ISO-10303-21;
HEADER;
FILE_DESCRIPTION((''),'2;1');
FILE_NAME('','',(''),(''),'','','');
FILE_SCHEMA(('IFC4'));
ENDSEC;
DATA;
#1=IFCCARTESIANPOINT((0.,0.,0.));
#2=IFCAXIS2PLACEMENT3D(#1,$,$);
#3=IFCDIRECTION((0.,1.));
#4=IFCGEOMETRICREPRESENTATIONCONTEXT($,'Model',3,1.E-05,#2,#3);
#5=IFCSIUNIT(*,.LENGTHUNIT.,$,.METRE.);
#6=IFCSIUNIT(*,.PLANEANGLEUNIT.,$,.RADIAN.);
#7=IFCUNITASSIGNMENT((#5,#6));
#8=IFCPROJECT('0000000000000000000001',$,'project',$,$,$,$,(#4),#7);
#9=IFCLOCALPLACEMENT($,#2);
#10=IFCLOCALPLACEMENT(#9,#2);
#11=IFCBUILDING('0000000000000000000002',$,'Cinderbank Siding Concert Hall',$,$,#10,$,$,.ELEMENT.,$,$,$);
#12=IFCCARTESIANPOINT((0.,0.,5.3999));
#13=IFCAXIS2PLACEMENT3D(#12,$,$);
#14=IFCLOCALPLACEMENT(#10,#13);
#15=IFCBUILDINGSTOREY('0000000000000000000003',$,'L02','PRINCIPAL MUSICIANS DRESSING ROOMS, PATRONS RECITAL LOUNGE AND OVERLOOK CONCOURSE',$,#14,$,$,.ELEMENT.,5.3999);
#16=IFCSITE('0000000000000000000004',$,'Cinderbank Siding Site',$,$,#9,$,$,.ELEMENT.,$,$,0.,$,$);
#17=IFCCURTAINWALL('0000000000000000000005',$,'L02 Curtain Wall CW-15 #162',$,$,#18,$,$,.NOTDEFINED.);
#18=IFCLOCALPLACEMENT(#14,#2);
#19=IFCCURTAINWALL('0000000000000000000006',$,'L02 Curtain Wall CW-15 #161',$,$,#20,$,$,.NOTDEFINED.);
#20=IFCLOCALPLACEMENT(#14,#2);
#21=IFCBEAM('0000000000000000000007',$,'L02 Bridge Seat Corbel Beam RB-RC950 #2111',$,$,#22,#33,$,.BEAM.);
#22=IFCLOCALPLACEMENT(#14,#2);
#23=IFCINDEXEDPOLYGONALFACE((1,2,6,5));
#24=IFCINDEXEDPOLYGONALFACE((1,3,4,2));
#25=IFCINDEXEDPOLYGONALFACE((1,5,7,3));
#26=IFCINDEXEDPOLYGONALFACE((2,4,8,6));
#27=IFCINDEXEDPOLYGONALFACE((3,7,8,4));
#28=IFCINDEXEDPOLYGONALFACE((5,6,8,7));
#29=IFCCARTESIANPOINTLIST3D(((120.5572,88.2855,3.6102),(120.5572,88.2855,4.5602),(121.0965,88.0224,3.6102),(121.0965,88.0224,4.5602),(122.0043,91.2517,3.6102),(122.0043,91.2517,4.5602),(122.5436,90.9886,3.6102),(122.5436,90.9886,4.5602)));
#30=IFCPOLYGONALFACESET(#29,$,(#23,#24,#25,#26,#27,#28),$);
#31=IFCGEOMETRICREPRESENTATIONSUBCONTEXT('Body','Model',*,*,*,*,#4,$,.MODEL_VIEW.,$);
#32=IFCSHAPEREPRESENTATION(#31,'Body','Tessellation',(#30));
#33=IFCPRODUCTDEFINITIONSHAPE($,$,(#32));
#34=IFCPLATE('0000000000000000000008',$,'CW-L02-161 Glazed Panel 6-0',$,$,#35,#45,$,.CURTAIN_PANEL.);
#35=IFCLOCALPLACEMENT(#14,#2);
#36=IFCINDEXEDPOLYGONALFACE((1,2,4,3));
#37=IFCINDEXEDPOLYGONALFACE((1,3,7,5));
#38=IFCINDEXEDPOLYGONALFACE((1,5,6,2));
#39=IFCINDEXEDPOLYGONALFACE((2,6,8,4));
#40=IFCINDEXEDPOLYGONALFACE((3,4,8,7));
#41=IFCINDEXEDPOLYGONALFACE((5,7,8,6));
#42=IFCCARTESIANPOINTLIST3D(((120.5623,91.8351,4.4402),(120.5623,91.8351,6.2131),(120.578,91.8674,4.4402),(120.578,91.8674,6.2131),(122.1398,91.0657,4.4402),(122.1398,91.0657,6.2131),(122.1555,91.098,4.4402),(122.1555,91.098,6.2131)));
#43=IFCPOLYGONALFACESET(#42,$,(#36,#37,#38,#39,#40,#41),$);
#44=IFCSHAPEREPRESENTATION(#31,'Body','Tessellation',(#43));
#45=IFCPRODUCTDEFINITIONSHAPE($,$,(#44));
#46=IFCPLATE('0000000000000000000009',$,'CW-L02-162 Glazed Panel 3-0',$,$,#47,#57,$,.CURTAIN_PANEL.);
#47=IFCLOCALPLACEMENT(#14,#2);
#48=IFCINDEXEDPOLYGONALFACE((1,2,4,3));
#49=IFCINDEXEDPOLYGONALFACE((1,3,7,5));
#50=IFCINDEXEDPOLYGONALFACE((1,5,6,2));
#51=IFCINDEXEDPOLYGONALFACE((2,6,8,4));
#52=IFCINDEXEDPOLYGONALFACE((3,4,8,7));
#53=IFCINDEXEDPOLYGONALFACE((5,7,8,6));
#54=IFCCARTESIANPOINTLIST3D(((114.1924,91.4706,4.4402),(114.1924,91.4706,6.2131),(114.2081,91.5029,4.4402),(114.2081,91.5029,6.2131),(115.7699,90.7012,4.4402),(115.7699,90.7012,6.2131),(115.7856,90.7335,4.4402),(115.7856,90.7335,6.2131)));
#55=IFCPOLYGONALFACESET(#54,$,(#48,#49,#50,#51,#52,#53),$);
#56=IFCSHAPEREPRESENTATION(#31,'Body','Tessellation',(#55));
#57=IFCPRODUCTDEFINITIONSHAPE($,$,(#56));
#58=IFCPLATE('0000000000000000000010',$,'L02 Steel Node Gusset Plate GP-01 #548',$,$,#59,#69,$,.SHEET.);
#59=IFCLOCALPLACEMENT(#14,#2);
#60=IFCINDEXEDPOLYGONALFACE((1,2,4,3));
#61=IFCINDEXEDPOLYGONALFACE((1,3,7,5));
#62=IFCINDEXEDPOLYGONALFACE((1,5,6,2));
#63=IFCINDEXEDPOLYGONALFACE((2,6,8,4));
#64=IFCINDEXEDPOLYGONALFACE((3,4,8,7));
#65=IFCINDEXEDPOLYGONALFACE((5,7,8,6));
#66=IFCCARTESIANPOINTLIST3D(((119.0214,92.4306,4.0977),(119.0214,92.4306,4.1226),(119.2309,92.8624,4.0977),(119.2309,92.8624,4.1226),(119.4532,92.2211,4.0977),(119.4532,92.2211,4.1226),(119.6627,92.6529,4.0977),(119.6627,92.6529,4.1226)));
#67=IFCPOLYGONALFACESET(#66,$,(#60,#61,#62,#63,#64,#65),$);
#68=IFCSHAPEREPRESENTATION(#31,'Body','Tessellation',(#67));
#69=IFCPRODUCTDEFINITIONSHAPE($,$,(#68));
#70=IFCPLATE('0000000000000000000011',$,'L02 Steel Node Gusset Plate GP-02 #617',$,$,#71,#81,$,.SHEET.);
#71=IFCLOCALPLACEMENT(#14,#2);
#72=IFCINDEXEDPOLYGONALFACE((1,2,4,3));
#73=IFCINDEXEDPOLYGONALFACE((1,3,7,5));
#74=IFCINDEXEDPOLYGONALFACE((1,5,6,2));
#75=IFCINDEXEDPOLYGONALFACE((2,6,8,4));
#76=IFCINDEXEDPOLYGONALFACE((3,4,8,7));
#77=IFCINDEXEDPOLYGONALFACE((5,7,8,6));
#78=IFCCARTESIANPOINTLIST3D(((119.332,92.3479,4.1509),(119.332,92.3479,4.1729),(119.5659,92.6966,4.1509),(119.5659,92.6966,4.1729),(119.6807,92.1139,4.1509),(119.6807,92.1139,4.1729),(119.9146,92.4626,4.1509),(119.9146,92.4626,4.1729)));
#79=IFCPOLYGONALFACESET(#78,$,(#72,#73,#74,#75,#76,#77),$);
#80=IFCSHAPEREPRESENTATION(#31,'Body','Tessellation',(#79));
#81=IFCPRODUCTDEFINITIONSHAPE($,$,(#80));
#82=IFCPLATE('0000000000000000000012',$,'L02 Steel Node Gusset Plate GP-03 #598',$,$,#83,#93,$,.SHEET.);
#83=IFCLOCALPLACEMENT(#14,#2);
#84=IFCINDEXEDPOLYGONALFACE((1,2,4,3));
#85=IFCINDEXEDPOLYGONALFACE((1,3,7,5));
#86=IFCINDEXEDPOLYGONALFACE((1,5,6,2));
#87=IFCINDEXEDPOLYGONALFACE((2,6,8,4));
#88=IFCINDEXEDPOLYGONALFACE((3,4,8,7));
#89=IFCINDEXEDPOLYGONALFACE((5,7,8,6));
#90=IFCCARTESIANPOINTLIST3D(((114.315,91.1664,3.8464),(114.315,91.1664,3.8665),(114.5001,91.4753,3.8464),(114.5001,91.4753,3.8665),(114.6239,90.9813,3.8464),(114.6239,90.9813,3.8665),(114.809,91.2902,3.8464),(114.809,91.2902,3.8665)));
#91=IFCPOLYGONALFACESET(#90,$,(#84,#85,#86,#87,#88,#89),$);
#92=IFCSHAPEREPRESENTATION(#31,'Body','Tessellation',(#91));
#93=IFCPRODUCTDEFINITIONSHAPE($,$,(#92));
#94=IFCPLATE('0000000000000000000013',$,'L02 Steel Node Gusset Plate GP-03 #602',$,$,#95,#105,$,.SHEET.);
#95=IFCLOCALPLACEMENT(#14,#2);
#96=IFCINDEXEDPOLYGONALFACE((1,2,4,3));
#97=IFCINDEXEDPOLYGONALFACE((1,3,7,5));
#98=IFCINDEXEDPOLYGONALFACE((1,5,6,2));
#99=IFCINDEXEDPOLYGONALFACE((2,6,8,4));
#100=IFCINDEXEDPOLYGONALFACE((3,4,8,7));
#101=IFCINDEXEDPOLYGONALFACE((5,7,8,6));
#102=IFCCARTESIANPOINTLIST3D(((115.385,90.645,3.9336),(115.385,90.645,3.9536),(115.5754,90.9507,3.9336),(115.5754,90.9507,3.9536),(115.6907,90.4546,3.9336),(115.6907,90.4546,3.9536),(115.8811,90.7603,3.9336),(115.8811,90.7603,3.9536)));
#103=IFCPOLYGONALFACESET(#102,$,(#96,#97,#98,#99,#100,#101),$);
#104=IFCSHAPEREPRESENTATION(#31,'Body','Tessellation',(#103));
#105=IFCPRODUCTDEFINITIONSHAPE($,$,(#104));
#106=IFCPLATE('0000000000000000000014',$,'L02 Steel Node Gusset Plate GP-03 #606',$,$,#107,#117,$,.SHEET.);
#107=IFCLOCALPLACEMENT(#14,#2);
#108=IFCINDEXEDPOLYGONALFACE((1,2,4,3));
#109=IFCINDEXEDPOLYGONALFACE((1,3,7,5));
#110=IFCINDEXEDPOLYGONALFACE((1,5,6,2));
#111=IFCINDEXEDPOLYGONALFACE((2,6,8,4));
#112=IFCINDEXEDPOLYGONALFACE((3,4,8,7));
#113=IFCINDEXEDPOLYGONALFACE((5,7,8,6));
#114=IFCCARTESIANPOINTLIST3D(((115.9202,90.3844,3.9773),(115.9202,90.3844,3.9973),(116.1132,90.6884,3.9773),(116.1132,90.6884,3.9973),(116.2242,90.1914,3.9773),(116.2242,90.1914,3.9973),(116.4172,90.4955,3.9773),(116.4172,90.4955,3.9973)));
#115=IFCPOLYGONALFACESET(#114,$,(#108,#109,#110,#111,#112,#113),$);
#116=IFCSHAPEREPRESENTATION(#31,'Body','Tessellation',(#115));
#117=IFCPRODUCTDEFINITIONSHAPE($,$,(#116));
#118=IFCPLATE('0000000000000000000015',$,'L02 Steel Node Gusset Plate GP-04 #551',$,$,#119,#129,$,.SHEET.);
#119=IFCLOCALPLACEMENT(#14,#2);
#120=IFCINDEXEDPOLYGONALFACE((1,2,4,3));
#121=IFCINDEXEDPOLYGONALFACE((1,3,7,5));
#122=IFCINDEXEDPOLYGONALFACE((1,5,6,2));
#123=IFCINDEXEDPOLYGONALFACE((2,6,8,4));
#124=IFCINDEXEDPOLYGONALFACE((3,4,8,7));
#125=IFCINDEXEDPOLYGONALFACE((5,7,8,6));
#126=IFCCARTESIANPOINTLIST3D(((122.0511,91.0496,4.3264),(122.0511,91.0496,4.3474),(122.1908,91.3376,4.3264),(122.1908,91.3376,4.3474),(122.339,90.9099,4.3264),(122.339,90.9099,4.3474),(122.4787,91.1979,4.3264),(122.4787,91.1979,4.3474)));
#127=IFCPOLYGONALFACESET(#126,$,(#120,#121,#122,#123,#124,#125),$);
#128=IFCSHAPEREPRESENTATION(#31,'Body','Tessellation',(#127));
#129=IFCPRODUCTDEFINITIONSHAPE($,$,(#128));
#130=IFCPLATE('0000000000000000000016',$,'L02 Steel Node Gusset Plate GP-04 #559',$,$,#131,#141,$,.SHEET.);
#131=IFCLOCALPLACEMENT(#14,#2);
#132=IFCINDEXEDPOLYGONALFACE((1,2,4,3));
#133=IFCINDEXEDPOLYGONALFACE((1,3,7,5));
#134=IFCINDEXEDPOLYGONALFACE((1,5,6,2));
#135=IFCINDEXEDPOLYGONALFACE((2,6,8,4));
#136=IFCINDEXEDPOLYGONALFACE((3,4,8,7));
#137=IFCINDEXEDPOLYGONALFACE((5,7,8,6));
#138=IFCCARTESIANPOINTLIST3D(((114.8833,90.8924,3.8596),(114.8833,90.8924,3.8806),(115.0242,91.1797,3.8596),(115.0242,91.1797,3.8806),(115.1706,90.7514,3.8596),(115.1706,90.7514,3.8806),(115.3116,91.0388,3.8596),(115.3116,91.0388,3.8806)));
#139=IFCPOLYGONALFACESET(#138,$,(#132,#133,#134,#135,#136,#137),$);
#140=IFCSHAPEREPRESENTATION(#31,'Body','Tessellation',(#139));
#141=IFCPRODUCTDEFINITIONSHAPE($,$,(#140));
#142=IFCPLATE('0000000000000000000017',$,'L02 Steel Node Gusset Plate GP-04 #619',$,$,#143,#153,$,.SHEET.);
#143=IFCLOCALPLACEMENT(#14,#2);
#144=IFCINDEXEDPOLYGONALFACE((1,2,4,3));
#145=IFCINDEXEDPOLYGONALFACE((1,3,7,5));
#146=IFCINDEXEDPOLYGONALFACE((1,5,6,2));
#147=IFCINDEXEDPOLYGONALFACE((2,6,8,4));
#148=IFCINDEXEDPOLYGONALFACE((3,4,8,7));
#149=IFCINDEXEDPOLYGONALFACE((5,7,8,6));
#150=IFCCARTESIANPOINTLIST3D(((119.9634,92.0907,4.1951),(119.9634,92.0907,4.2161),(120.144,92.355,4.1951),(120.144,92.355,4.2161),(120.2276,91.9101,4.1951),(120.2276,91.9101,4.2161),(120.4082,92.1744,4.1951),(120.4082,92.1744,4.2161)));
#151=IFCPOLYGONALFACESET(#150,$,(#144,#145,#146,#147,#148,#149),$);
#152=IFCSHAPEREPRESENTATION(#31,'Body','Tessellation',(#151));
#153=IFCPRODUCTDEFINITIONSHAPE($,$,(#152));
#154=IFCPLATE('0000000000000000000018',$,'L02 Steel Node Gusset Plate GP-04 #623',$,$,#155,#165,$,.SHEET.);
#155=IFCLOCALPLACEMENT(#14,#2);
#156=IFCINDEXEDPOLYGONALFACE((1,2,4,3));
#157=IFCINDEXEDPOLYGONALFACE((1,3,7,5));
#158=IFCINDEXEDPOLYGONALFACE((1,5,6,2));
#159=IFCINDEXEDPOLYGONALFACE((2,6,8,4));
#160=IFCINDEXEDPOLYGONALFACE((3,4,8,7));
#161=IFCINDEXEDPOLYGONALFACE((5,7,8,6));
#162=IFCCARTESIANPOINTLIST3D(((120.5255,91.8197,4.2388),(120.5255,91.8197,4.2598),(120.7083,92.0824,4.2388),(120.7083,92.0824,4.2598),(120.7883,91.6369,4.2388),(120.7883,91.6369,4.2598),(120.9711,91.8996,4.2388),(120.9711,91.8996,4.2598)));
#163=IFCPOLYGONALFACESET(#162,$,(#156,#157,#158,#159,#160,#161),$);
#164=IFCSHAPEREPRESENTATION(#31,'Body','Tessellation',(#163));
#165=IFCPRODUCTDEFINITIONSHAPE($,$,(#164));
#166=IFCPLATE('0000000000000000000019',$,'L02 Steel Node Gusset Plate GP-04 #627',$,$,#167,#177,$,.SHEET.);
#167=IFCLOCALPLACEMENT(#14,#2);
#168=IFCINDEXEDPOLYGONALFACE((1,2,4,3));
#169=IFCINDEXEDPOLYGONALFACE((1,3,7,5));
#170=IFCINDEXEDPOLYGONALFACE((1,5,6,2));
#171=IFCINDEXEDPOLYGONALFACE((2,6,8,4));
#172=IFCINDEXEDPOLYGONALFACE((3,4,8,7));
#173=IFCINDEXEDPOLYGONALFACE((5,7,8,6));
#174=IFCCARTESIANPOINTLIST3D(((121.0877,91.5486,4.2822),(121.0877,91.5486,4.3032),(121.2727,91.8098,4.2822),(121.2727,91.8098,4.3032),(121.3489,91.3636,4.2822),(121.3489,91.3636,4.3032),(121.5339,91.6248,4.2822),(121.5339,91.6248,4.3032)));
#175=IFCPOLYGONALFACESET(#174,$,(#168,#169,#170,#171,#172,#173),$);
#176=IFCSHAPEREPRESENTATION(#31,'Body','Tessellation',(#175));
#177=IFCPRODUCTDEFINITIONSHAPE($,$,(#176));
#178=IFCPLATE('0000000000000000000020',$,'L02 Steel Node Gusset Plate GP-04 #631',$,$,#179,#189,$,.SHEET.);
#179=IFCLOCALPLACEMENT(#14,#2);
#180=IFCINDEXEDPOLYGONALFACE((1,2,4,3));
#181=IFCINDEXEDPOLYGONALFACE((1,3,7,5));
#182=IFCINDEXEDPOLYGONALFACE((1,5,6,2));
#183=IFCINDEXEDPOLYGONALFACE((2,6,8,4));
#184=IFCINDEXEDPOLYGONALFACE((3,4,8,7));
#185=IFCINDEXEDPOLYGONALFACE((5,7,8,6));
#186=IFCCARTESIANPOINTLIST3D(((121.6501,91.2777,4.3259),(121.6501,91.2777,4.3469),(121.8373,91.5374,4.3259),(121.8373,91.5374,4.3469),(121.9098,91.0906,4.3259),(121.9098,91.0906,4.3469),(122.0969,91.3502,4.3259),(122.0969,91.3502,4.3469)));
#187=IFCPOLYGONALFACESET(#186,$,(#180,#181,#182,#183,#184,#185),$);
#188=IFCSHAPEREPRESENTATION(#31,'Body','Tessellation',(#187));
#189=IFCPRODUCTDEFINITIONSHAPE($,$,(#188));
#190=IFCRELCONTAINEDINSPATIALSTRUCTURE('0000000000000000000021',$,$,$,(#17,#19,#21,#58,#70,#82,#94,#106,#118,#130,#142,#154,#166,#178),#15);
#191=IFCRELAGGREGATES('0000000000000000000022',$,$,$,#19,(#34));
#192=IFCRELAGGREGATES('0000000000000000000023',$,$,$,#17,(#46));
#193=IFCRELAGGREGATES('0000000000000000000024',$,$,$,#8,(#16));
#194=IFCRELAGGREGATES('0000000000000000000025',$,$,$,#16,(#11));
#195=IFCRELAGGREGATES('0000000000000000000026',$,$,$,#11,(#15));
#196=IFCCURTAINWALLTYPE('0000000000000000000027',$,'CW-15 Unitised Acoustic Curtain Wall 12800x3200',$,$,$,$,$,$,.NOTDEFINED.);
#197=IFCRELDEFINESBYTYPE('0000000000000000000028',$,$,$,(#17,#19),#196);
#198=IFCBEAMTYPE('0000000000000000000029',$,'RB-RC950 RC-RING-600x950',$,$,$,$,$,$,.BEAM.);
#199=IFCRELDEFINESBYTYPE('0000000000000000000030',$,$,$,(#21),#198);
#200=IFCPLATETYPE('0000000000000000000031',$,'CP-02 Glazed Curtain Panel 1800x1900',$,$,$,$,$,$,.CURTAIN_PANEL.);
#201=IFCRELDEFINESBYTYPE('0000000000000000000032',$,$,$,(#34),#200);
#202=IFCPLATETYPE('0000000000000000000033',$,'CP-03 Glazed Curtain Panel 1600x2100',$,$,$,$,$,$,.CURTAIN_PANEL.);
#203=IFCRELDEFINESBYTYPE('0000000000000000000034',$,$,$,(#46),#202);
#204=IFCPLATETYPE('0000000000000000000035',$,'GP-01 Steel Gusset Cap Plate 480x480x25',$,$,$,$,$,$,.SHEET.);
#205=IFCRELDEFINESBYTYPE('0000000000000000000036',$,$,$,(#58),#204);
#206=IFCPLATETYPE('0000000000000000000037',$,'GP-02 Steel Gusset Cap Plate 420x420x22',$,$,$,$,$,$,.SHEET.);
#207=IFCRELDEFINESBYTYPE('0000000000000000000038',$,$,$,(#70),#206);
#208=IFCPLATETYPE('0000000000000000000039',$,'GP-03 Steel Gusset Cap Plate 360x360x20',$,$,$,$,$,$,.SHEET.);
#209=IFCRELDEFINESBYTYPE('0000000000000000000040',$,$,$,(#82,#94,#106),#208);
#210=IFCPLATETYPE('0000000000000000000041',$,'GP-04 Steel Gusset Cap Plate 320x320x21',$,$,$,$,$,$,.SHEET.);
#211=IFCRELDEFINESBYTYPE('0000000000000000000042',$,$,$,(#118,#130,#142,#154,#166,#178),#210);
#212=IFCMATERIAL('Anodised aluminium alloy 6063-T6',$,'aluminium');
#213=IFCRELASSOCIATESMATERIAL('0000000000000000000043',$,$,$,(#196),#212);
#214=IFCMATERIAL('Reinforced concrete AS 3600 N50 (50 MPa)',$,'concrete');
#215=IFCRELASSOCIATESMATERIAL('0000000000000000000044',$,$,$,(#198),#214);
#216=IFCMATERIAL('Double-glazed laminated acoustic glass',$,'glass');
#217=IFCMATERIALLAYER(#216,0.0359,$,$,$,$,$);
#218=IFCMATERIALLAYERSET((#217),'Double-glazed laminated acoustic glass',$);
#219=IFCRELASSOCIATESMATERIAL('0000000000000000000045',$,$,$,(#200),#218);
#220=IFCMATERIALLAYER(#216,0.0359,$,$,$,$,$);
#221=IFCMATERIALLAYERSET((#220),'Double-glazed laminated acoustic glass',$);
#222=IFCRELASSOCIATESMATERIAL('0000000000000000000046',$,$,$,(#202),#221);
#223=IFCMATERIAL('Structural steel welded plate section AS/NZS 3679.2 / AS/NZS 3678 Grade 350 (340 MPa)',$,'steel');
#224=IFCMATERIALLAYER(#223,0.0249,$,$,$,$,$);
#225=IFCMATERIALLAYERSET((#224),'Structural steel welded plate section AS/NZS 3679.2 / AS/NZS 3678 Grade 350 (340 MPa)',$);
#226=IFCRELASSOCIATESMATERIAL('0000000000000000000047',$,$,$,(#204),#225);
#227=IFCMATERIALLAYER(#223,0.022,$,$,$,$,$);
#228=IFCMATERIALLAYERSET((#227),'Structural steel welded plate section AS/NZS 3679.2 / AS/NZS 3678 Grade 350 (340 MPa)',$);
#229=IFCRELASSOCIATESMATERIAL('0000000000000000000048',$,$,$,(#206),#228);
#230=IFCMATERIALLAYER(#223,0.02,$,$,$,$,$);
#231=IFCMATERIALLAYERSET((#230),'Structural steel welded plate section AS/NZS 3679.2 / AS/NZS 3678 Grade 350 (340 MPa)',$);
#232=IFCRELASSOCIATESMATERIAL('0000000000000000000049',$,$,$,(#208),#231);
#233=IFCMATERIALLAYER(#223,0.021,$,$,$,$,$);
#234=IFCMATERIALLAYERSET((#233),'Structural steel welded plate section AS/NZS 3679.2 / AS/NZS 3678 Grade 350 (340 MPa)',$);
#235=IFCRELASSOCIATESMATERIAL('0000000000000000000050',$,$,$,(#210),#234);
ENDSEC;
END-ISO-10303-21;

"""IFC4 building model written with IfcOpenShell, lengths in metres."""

from ifc_helpers import new_model, si_unit, direction, frame, origin, origin_2d, place, context, subcontext, project, spatial, rectangle, extrude, material, layer, layer_set, material_profile, profile_set, type_object, element, aggregate, save


model = new_model("IFC4")

# Units and contexts
model_context = context("Model", 3, precision=1e-05, world=origin(), true_north=direction((0.0, 1.0)))
body_context = subcontext(model_context, "Body", "Model", "MODEL_VIEW")
ifc_project = project(units=[si_unit("LENGTHUNIT", "METRE"), si_unit("PLANEANGLEUNIT", "RADIAN")], contexts=[model_context])

# Site, building, storey
site_placement = place(None, origin())
site = spatial("IfcSite", under=ifc_project, at=site_placement, Name="Cinderbank Siding Site", CompositionType="ELEMENT", RefElevation=0.0)
building_placement = place(site_placement, origin())
building = spatial("IfcBuilding", under=site, at=building_placement, Name="Cinderbank Siding Concert Hall", CompositionType="ELEMENT")
storey_placement = place(building_placement, frame((0.0, 0.0, 5.3999)))
storey = spatial("IfcBuildingStorey", under=building, at=storey_placement, Name="L02", Description="PRINCIPAL MUSICIANS DRESSING ROOMS, PATRONS RECITAL LOUNGE AND OVERLOOK CONCOURSE", CompositionType="ELEMENT", Elevation=5.3999)

# Curtain wall
ifc_material_1 = material(Name="Anodised aluminium alloy 6063-T6", Category="aluminium")
curtain_wall_type = type_object("IfcCurtainWallType", Name="CW-15 Unitised Acoustic Curtain Wall 12800x3200", PredefinedType="NOTDEFINED", material=ifc_material_1)
curtain_wall_1_placement = place(storey_placement, origin())
curtain_wall_1 = element("IfcCurtainWall", 1, at=curtain_wall_1_placement, inside=storey, type_object=curtain_wall_type, Name="L02 Curtain Wall CW-15 #162", PredefinedType="NOTDEFINED")

# Curtain wall
curtain_wall_2_placement = place(storey_placement, origin())
curtain_wall_2 = element("IfcCurtainWall", 2, at=curtain_wall_2_placement, inside=storey, type_object=curtain_wall_type, Name="L02 Curtain Wall CW-15 #161", PredefinedType="NOTDEFINED")

# Beam
ifc_material_2 = material(Name="Reinforced concrete AS 3600 N50 (50 MPa)", Category="concrete")
ifc_material_profile_1 = material_profile(ifc_material_2, rectangle(XDim=0.6001, YDim=0.95, at=origin_2d()), Name="RC-RING-600x950", Category="LoadBearing")
ifc_profile_set_1 = profile_set([ifc_material_profile_1], Name="Reinforced concrete AS 3600 N50 (50 MPa)")
beam_type_1 = type_object("IfcBeamType", Name="RB-RC950 RC-RING-600x950", PredefinedType="BEAM", material=ifc_profile_set_1)
beam_1_placement = place(storey_placement, frame((122.2739, 91.1201, 4.0852), z_axis=(-0.438463, -0.898749, 0.0), x_axis=(0.898749, -0.438463, 0.0)))
element("IfcBeam", 3, at=beam_1_placement, inside=storey, type_object=beam_type_1, Name="L02 Bridge Seat Corbel Beam RB-RC950 #2111", PredefinedType="BEAM", context=body_context, shape_type="SweptSolid", body=[
    extrude(rectangle(XDim=0.6001, YDim=0.95, at=origin_2d()), origin(), (0.0, 0.0, 1.0), 3.3003),
])

# Plates
ifc_material_3 = material(Name="Double-glazed laminated acoustic glass", Category="glass")
ifc_layer_1 = layer(ifc_material_3, 0.0359)
ifc_layer_set_1 = layer_set([ifc_layer_1], Name="Double-glazed laminated acoustic glass")
plate_type_1 = type_object("IfcPlateType", Name="CP-02 Glazed Curtain Panel 1800x1900", PredefinedType="CURTAIN_PANEL", material=ifc_layer_set_1)
plate_1_placement = place(storey_placement, frame((121.3589, 91.4666, 4.4402), z_axis=(0.0, 0.0, 1.0), x_axis=(0.898794, -0.43837, 0.0)))
plate_1 = element("IfcPlate", 4, at=plate_1_placement, type_object=plate_type_1, Name="CW-L02-161 Glazed Panel 6-0", PredefinedType="CURTAIN_PANEL", context=body_context, shape_type="SweptSolid", body=[
    extrude(rectangle(XDim=1.7551, YDim=0.0359, at=origin_2d()), origin(), (0.0, 0.0, 1.0), 1.7729),
])
aggregate(curtain_wall_2, [plate_1])
ifc_layer_2 = layer(ifc_material_3, 0.0359)
ifc_layer_set_2 = layer_set([ifc_layer_2], Name="Double-glazed laminated acoustic glass")
plate_type_2 = type_object("IfcPlateType", Name="CP-03 Glazed Curtain Panel 1600x2100", PredefinedType="CURTAIN_PANEL", material=ifc_layer_set_2)
plate_2_placement = place(storey_placement, frame((114.989, 91.1021, 4.4402), z_axis=(0.0, 0.0, 1.0), x_axis=(0.898794, -0.43837, 0.0)))
plate_2 = element("IfcPlate", 5, at=plate_2_placement, type_object=plate_type_2, Name="CW-L02-162 Glazed Panel 3-0", PredefinedType="CURTAIN_PANEL", context=body_context, shape_type="SweptSolid", body=[
    extrude(rectangle(XDim=1.7551, YDim=0.0359, at=origin_2d()), origin(), (0.0, 0.0, 1.0), 1.7729),
])
aggregate(curtain_wall_1, [plate_2])

# Plates
ifc_material_4 = material(Name="Structural steel welded plate section AS/NZS 3679.2 / AS/NZS 3678 Grade 350 (340 MPa)", Category="steel")
ifc_layer_3 = layer(ifc_material_4, 0.0249)
ifc_layer_set_3 = layer_set([ifc_layer_3], Name="Structural steel welded plate section AS/NZS 3679.2 / AS/NZS 3678 Grade 350 (340 MPa)")
plate_type_3 = type_object("IfcPlateType", Name="GP-01 Steel Gusset Cap Plate 480x480x25", PredefinedType="SHEET", material=ifc_layer_set_3)
plate_3_placement = place(storey_placement, frame((119.342, 92.5417, 4.0977), z_axis=(0.0, 0.0, 1.0), x_axis=(0.89971, -0.436488, 0.0)))
element("IfcPlate", 6, at=plate_3_placement, inside=storey, type_object=plate_type_3, Name="L02 Steel Node Gusset Plate GP-01 #548", PredefinedType="SHEET", context=body_context, shape_type="SweptSolid", body=[
    extrude(rectangle(XDim=0.48, YDim=0.48, at=origin_2d()), origin(), (0.0, 0.0, 1.0), 0.0249),
])
ifc_layer_4 = layer(ifc_material_4, 0.022)
ifc_layer_set_4 = layer_set([ifc_layer_4], Name="Structural steel welded plate section AS/NZS 3679.2 / AS/NZS 3678 Grade 350 (340 MPa)")
plate_type_4 = type_object("IfcPlateType", Name="GP-02 Steel Gusset Cap Plate 420x420x22", PredefinedType="SHEET", material=ifc_layer_set_4)
plate_4_placement = place(storey_placement, frame((119.6233, 92.4053, 4.1509), z_axis=(0.0, 0.0, 1.0), x_axis=(0.557166, 0.830401, 0.0)))
element("IfcPlate", 7, at=plate_4_placement, inside=storey, type_object=plate_type_4, Name="L02 Steel Node Gusset Plate GP-02 #617", PredefinedType="SHEET", context=body_context, shape_type="SweptSolid", body=[
    extrude(rectangle(XDim=0.4199, YDim=0.4199, at=origin_2d()), origin(), (0.0, 0.0, 1.0), 0.022),
])
ifc_layer_5 = layer(ifc_material_4, 0.02)
ifc_layer_set_5 = layer_set([ifc_layer_5], Name="Structural steel welded plate section AS/NZS 3679.2 / AS/NZS 3678 Grade 350 (340 MPa)")
plate_type_5 = type_object("IfcPlateType", Name="GP-03 Steel Gusset Cap Plate 360x360x20", PredefinedType="SHEET", material=ifc_layer_set_5)
for number, where, z_axis, x_axis, name in (
    (8, (114.562, 91.2283, 3.8464), (0.0, 0.0, 1.0), (0.51399, 0.857796, 0.0), "L02 Steel Node Gusset Plate GP-03 #598"),
    (9, (115.6331, 90.7026, 3.9336), (0.0, 0.0, 1.0), (0.528587, 0.848879, 0.0), "L02 Steel Node Gusset Plate GP-03 #602"),
    (10, (116.1687, 90.4399, 3.9773), (0.0, 0.0, 1.0), (0.535827, 0.844328, 0.0), "L02 Steel Node Gusset Plate GP-03 #606"),
):
    element("IfcPlate", number, at=place(storey_placement, frame(where, z_axis=z_axis, x_axis=x_axis)), inside=storey, type_object=plate_type_5, Name=name, PredefinedType="SHEET", context=body_context, shape_type="SweptSolid", body=[
        extrude(rectangle(XDim=0.3601, YDim=0.3601, at=origin_2d()), origin(), (0.0, 0.0, 1.0), 0.02),
    ])
ifc_layer_6 = layer(ifc_material_4, 0.021)
ifc_layer_set_6 = layer_set([ifc_layer_6], Name="Structural steel welded plate section AS/NZS 3679.2 / AS/NZS 3678 Grade 350 (340 MPa)")
plate_type_6 = type_object("IfcPlateType", Name="GP-04 Steel Gusset Cap Plate 320x320x21", PredefinedType="SHEET", material=ifc_layer_set_6)
for number, where, z_axis, x_axis, name in (
    (11, (122.2649, 91.1238, 4.3264), (0.0, 0.0, 1.0), (0.89971, -0.436488, 0.0), "L02 Steel Node Gusset Plate GP-04 #551"),
    (12, (115.0974, 90.9656, 3.8596), (0.0, 0.0, 1.0), (0.897797, -0.440409, 0.0), "L02 Steel Node Gusset Plate GP-04 #559"),
    (13, (120.1858, 92.1326, 4.1951), (0.0, 0.0, 1.0), (0.564247, 0.825606, 0.0), "L02 Steel Node Gusset Plate GP-04 #619"),
    (14, (120.7483, 91.8596, 4.2388), (0.0, 0.0, 1.0), (0.571143, 0.82085, 0.0), "L02 Steel Node Gusset Plate GP-04 #623"),
    (15, (121.3108, 91.5867, 4.2822), (0.0, 0.0, 1.0), (0.578, 0.816037, 0.0), "L02 Steel Node Gusset Plate GP-04 #627"),
    (16, (121.8735, 91.314, 4.3259), (0.0, 0.0, 1.0), (0.584675, 0.811268, 0.0), "L02 Steel Node Gusset Plate GP-04 #631"),
):
    element("IfcPlate", number, at=place(storey_placement, frame(where, z_axis=z_axis, x_axis=x_axis)), inside=storey, type_object=plate_type_6, Name=name, PredefinedType="SHEET", context=body_context, shape_type="SweptSolid", body=[
        extrude(rectangle(XDim=0.3201, YDim=0.3201, at=origin_2d()), origin(), (0.0, 0.0, 1.0), 0.021),
    ])

save(model, "model.ifc")
